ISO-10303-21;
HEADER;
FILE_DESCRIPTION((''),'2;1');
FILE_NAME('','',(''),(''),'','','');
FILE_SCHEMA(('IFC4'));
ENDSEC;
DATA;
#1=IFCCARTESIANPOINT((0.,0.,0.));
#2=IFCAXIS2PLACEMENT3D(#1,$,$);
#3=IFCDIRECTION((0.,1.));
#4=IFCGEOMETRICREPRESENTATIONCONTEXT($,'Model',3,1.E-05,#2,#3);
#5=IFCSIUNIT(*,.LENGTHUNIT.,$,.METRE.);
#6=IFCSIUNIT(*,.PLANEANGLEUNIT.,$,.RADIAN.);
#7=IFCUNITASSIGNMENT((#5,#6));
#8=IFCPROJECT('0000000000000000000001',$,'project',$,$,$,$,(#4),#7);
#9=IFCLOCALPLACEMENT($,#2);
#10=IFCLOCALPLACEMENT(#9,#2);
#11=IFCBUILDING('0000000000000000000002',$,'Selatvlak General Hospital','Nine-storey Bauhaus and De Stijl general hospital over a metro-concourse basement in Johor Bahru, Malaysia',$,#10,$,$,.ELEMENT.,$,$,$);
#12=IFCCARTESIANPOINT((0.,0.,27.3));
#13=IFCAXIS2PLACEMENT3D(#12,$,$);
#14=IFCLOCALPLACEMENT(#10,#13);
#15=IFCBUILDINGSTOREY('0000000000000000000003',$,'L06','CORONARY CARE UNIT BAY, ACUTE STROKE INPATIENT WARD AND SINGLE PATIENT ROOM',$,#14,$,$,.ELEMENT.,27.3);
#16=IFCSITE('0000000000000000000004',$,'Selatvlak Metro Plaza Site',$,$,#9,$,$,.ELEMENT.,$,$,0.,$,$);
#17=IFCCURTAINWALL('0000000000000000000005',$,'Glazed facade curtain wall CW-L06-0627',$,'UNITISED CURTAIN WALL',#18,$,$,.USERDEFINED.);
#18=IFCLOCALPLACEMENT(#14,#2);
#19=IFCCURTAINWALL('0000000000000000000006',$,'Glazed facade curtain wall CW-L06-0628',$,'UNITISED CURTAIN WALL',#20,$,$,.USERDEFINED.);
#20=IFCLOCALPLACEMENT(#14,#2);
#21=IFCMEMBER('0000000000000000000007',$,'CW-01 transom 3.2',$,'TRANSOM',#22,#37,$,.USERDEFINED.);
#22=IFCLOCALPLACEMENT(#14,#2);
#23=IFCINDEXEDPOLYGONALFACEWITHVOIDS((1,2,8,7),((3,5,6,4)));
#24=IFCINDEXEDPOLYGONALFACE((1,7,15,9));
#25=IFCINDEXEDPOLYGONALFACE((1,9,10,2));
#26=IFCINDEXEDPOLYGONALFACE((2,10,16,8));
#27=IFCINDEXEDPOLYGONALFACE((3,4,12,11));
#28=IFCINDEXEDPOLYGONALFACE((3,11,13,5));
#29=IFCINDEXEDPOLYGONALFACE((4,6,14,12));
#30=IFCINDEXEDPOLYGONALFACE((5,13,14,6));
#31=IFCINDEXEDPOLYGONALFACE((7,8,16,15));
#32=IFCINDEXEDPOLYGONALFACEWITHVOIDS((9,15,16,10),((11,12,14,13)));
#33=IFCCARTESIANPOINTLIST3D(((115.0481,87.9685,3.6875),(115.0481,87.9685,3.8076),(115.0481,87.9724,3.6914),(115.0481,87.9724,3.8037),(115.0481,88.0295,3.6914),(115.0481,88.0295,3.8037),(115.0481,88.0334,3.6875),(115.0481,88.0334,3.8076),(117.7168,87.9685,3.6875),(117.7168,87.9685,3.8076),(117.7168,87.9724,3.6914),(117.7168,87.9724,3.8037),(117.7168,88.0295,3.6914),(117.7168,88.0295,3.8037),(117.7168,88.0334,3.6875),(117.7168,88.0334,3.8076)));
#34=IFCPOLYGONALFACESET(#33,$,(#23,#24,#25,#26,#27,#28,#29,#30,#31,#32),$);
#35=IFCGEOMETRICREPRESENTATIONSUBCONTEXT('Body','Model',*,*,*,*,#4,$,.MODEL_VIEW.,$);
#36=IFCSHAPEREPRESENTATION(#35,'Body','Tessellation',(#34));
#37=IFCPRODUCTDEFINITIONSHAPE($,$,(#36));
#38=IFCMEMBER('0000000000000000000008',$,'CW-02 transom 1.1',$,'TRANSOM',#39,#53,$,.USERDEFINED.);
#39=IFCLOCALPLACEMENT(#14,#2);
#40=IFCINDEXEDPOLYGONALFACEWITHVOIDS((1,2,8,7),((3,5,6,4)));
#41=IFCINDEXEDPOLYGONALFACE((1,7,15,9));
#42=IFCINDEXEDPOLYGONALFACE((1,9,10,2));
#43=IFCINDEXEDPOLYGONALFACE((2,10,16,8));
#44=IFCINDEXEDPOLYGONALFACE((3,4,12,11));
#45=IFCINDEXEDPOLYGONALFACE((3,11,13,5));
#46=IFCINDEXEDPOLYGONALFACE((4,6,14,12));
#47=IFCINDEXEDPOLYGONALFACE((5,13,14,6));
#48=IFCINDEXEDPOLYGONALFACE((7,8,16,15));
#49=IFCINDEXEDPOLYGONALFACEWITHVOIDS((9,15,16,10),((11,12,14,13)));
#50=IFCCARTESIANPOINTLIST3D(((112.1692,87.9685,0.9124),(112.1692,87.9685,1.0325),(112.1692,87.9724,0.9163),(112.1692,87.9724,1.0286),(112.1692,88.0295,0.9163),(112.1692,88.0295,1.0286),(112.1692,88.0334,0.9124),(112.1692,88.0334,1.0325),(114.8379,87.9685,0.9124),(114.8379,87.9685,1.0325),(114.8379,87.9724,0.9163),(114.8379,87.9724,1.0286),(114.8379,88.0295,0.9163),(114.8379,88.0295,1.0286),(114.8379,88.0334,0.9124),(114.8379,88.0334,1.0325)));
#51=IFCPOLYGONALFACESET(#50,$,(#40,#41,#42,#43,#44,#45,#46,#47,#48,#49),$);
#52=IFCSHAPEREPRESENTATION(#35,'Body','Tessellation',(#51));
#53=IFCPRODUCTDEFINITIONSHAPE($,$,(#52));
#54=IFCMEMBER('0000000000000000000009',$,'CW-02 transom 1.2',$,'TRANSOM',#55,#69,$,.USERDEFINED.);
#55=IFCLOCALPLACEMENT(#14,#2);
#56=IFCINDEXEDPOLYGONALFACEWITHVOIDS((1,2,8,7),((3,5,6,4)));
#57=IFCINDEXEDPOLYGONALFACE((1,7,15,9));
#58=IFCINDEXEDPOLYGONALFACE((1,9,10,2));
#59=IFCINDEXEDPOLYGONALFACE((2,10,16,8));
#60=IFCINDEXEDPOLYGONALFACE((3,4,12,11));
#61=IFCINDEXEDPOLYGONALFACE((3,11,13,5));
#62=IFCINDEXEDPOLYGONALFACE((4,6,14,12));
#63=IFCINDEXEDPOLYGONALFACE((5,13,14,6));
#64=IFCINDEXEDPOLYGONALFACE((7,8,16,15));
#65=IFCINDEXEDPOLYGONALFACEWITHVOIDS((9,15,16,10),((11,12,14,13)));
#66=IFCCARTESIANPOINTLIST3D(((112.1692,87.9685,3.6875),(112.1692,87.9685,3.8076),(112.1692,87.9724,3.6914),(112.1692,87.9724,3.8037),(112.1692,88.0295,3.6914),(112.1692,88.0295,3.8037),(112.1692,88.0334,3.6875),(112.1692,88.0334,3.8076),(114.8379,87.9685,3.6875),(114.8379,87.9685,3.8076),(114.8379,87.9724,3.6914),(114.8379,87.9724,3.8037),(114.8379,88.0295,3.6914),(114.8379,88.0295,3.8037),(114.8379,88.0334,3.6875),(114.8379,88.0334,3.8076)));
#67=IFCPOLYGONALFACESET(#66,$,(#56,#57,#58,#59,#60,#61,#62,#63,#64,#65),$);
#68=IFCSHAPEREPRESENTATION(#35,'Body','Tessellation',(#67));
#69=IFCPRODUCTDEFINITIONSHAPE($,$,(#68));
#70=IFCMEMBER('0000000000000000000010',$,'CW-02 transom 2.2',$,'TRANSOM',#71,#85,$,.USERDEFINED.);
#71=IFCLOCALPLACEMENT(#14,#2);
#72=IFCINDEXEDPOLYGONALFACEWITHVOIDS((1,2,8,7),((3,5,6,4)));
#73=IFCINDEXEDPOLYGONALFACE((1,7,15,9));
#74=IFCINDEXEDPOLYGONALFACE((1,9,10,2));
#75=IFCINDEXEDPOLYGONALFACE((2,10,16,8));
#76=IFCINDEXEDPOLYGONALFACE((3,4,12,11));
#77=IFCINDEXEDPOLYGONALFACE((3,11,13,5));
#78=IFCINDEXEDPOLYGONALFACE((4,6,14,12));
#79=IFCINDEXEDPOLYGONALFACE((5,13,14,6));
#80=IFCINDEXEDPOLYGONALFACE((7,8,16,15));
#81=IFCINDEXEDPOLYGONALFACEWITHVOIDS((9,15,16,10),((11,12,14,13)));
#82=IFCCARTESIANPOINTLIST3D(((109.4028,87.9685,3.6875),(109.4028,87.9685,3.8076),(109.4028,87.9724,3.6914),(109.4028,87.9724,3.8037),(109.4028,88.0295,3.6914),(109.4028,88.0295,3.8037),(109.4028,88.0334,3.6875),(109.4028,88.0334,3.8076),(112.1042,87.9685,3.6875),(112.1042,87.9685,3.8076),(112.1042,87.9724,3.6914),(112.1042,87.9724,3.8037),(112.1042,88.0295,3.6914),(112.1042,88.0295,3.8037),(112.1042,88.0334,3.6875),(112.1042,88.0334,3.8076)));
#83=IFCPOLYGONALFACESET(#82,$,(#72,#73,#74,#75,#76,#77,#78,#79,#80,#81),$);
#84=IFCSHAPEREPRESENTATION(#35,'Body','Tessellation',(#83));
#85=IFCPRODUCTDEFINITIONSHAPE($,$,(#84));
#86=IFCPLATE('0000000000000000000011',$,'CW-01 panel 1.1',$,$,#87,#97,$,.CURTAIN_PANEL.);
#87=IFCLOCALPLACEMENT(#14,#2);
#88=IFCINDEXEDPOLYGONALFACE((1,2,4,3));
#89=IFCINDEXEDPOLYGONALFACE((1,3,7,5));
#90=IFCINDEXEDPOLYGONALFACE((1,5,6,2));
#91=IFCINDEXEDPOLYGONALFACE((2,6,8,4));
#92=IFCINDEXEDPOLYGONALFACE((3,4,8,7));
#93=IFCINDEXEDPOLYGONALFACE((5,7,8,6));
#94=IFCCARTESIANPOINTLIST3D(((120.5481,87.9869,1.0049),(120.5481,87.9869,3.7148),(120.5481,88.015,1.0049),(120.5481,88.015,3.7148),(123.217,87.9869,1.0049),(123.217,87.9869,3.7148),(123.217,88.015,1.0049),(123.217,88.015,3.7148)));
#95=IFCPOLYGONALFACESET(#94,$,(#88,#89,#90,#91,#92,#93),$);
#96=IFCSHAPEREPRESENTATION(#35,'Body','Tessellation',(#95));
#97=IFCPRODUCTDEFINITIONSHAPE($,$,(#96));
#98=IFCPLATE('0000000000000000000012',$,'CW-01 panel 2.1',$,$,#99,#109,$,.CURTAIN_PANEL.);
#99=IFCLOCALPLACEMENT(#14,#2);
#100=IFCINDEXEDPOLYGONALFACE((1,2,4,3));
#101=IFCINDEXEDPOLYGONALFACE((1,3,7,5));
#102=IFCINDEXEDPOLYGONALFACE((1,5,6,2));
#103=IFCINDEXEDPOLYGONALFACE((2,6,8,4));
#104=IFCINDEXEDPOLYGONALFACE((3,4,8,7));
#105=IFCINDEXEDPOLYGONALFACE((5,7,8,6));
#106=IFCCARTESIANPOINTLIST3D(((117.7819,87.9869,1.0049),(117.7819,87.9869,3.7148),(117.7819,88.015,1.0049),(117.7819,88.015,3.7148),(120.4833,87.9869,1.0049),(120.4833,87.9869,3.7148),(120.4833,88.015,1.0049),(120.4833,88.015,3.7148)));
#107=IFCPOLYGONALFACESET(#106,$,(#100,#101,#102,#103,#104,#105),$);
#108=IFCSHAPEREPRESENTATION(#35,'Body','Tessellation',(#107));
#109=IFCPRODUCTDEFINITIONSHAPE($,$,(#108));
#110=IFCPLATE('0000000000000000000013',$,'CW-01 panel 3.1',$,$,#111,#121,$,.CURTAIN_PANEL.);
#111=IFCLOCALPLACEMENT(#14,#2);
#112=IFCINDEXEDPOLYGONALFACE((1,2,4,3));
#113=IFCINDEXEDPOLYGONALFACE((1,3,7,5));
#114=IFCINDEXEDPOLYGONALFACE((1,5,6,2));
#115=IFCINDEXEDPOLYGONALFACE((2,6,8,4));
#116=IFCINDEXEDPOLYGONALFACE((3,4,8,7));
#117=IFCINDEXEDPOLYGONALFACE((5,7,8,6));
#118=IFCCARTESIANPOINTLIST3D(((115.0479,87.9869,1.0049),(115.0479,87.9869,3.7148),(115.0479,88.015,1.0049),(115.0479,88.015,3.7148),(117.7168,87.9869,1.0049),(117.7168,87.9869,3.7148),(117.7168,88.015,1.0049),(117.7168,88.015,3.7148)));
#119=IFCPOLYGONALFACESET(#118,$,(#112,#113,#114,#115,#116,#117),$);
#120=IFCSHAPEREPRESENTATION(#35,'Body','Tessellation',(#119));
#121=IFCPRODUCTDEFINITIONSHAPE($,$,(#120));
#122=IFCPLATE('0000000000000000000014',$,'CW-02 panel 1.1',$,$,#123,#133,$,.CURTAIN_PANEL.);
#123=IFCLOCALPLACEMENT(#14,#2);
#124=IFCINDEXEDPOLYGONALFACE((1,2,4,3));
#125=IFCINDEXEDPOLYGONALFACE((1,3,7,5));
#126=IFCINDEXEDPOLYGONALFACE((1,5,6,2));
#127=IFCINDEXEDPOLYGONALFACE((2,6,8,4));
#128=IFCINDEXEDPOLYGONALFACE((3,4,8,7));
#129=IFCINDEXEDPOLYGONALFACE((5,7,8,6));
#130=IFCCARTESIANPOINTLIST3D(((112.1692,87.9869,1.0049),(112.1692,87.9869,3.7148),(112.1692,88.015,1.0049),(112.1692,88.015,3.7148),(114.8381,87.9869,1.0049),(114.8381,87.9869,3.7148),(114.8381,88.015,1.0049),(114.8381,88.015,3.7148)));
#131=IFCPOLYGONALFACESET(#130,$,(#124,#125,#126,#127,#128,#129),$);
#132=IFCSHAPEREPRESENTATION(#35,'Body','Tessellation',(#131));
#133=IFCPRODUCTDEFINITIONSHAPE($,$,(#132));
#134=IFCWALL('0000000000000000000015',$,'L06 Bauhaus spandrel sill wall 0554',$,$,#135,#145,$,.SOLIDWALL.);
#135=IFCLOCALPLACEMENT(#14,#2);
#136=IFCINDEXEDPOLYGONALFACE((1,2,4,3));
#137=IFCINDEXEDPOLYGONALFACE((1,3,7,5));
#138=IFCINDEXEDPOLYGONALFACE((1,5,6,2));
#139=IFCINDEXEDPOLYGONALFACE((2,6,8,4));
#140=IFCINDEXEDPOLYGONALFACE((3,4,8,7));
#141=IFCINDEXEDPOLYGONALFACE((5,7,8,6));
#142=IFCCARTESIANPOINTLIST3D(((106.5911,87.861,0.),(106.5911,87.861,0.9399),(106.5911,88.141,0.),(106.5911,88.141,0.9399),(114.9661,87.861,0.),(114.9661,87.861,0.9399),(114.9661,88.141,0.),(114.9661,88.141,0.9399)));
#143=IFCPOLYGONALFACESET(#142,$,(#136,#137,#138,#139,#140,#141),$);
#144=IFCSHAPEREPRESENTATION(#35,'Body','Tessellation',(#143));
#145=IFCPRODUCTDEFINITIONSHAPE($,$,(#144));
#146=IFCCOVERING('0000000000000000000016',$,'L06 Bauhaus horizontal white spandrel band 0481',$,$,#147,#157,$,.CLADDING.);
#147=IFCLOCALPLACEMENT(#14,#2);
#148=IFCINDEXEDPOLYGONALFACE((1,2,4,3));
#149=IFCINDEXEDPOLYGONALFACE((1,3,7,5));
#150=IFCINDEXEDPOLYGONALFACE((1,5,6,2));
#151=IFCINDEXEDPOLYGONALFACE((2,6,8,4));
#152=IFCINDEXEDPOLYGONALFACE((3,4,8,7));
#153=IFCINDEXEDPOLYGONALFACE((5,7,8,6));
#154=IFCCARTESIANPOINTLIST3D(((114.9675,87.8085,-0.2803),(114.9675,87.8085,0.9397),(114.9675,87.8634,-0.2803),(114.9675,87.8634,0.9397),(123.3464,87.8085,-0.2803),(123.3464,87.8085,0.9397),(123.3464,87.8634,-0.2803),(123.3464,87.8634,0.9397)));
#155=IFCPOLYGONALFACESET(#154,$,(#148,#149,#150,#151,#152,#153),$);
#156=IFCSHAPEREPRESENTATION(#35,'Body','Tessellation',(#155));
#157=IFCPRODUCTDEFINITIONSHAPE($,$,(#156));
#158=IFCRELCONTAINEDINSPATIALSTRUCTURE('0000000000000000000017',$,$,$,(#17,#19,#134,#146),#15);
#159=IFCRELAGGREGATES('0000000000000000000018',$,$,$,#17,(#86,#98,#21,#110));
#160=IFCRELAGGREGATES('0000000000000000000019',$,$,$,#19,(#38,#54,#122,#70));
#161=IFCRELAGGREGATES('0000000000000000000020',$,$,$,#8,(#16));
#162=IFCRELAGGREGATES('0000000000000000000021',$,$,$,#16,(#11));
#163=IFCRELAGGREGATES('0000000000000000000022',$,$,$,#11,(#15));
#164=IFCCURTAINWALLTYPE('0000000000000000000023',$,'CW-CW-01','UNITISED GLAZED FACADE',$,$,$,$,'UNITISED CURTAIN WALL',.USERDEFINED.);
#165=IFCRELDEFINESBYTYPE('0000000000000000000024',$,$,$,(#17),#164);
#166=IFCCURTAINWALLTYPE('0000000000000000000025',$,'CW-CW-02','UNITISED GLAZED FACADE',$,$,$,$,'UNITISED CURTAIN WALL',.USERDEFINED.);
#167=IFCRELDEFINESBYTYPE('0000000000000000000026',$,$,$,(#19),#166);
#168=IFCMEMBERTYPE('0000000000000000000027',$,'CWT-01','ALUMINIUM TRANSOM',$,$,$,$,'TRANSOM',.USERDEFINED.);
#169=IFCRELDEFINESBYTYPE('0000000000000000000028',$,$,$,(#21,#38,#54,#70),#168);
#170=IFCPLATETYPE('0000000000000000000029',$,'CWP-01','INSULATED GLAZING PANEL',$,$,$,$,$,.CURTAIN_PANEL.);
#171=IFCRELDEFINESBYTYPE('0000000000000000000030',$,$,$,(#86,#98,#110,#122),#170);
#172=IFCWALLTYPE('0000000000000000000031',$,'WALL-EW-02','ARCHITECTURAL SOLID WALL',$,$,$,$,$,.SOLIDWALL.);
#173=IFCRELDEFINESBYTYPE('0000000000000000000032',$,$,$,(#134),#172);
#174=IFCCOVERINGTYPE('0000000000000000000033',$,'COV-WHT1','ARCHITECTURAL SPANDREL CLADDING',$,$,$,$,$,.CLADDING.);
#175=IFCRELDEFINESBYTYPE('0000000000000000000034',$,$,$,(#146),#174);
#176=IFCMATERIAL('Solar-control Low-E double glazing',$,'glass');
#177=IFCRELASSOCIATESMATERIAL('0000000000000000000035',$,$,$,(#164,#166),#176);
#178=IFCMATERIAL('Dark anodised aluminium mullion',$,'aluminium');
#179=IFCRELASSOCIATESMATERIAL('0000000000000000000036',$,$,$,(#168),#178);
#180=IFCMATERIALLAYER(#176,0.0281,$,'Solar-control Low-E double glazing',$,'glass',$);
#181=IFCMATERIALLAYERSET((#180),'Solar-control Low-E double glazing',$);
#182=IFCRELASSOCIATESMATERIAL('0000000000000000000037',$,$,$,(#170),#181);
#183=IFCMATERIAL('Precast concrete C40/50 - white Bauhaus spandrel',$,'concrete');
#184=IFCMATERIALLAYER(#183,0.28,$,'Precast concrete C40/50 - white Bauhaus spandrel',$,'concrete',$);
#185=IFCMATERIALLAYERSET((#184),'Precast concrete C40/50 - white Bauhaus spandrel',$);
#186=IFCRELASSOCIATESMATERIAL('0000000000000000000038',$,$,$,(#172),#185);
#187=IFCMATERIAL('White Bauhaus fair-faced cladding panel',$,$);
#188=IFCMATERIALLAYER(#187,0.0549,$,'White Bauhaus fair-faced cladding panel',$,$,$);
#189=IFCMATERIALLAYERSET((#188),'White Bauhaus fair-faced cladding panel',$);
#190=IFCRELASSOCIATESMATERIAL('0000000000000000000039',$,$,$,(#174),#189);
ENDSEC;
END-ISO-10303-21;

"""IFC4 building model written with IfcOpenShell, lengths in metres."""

from ifc_helpers import new_model, si_unit, direction, frame, frame_2d, origin, origin_2d, place, context, subcontext, project, spatial, rectangle, hollow_rectangle, extrude, material, layer, layer_set, material_profile, profile_set, type_object, element, aggregate, save


model = new_model("IFC4")

# Units and contexts
model_context = context("Model", 3, precision=1e-05, world=origin(), true_north=direction((0.0, 1.0)))
body_context = subcontext(model_context, "Body", "Model", "MODEL_VIEW")
ifc_project = project(units=[si_unit("LENGTHUNIT", "METRE"), si_unit("PLANEANGLEUNIT", "RADIAN")], contexts=[model_context])

# Site, building, storey
site_placement = place(None, origin())
site = spatial("IfcSite", under=ifc_project, at=site_placement, Name="Selatvlak Metro Plaza Site", CompositionType="ELEMENT", RefElevation=0.0)
building_placement = place(site_placement, origin())
building = spatial("IfcBuilding", under=site, at=building_placement, Name="Selatvlak General Hospital", Description="Nine-storey Bauhaus and De Stijl general hospital over a metro-concourse basement in Johor Bahru, Malaysia", CompositionType="ELEMENT")
storey_placement = place(building_placement, frame((0.0, 0.0, 27.3)))
storey = spatial("IfcBuildingStorey", under=building, at=storey_placement, Name="L06", Description="CORONARY CARE UNIT BAY, ACUTE STROKE INPATIENT WARD AND SINGLE PATIENT ROOM", CompositionType="ELEMENT", Elevation=27.3)

# Curtain walls
ifc_material_1 = material(Name="Solar-control Low-E double glazing", Category="glass")
curtain_wall_type_1 = type_object("IfcCurtainWallType", Name="CW-CW-01", Description="UNITISED GLAZED FACADE", ElementType="UNITISED CURTAIN WALL", PredefinedType="USERDEFINED", material=ifc_material_1)
curtain_wall_1_placement = place(storey_placement, origin())
curtain_wall_1 = element("IfcCurtainWall", 1, at=curtain_wall_1_placement, inside=storey, type_object=curtain_wall_type_1, Name="Glazed facade curtain wall CW-L06-0627", ObjectType="UNITISED CURTAIN WALL", PredefinedType="USERDEFINED")
ifc_material_2 = material(Name="Dark anodised aluminium mullion", Category="aluminium")
curtain_wall_type_2 = type_object("IfcCurtainWallType", Name="CW-CW-02", Description="UNITISED GLAZED FACADE", ElementType="UNITISED CURTAIN WALL", PredefinedType="USERDEFINED", material=ifc_material_1)
curtain_wall_2_placement = place(storey_placement, origin())
curtain_wall_2 = element("IfcCurtainWall", 2, at=curtain_wall_2_placement, inside=storey, type_object=curtain_wall_type_2, Name="Glazed facade curtain wall CW-L06-0628", ObjectType="UNITISED CURTAIN WALL", PredefinedType="USERDEFINED")

# Members
ifc_material_profile_1 = material_profile(ifc_material_2, hollow_rectangle(XDim=0.0649, YDim=0.1201, WallThickness=0.0039, at=origin_2d()), Name="AL-TRN 65x120x4")
ifc_profile_set_1 = profile_set([ifc_material_profile_1], Name="Dark anodised aluminium mullion")
member_type_1 = type_object("IfcMemberType", Name="CWT-01", Description="ALUMINIUM TRANSOM", ElementType="TRANSOM", PredefinedType="USERDEFINED", material=ifc_profile_set_1)
member_1_placement = place(storey_placement, frame((117.7168, 88.001, 3.7476), z_axis=(-1.0, 0.0, 0.0), x_axis=(0.0, -1.0, 0.0)))
member_1 = element("IfcMember", 3, at=member_1_placement, type_object=member_type_1, Name="CW-01 transom 3.2", ObjectType="TRANSOM", PredefinedType="USERDEFINED", context=body_context, shape_type="SweptSolid", body=[
    extrude(hollow_rectangle(XDim=0.0649, YDim=0.1201, WallThickness=0.0039, at=origin_2d()), origin(), (0.0, 0.0, 1.0), 2.6687),
])
member_2_placement = place(storey_placement, frame((114.8379, 88.001, 0.9724), z_axis=(-1.0, 0.0, 0.0), x_axis=(0.0, -1.0, 0.0)))
member_2 = element("IfcMember", 4, at=member_2_placement, type_object=member_type_1, Name="CW-02 transom 1.1", ObjectType="TRANSOM", PredefinedType="USERDEFINED", context=body_context, shape_type="SweptSolid", body=[
    extrude(hollow_rectangle(XDim=0.0649, YDim=0.1201, WallThickness=0.0039, at=origin_2d()), origin(), (0.0, 0.0, 1.0), 2.6687),
])
member_3_placement = place(storey_placement, frame((114.8379, 88.001, 3.7476), z_axis=(-1.0, 0.0, 0.0), x_axis=(0.0, -1.0, 0.0)))
member_3 = element("IfcMember", 5, at=member_3_placement, type_object=member_type_1, Name="CW-02 transom 1.2", ObjectType="TRANSOM", PredefinedType="USERDEFINED", context=body_context, shape_type="SweptSolid", body=[
    extrude(hollow_rectangle(XDim=0.0649, YDim=0.1201, WallThickness=0.0039, at=origin_2d()), origin(), (0.0, 0.0, 1.0), 2.6687),
])
member_4_placement = place(storey_placement, frame((112.1042, 88.001, 3.7476), z_axis=(-1.0, 0.0, 0.0), x_axis=(0.0, -1.0, 0.0)))
member_4 = element("IfcMember", 6, at=member_4_placement, type_object=member_type_1, Name="CW-02 transom 2.2", ObjectType="TRANSOM", PredefinedType="USERDEFINED", context=body_context, shape_type="SweptSolid", body=[
    extrude(hollow_rectangle(XDim=0.0649, YDim=0.1201, WallThickness=0.0039, at=origin_2d()), origin(), (0.0, 0.0, 1.0), 2.7014),
])

# Plates
ifc_layer_1 = layer(ifc_material_1, 0.0281, Name="Solar-control Low-E double glazing", Category="glass")
ifc_layer_set_1 = layer_set([ifc_layer_1], Name="Solar-control Low-E double glazing")
plate_type = type_object("IfcPlateType", Name="CWP-01", Description="INSULATED GLAZING PANEL", PredefinedType="CURTAIN_PANEL", material=ifc_layer_set_1)
plate_1_placement = place(storey_placement, frame((121.8826, 88.001, 1.0049), z_axis=(0.0, 0.0, 1.0), x_axis=(-1.0, 0.0, 0.0)))
plate_1 = element("IfcPlate", 7, at=plate_1_placement, type_object=plate_type, Name="CW-01 panel 1.1", PredefinedType="CURTAIN_PANEL", context=body_context, shape_type="SweptSolid", body=[
    extrude(rectangle(XDim=2.6689, YDim=0.0281, at=origin_2d()), origin(), (0.0, 0.0, 1.0), 2.71),
])
plate_2_placement = place(storey_placement, frame((119.1326, 88.001, 1.0049), z_axis=(0.0, 0.0, 1.0), x_axis=(-1.0, 0.0, 0.0)))
plate_2 = element("IfcPlate", 8, at=plate_2_placement, type_object=plate_type, Name="CW-01 panel 2.1", PredefinedType="CURTAIN_PANEL", context=body_context, shape_type="SweptSolid", body=[
    extrude(rectangle(XDim=2.7014, YDim=0.0281, at=origin_2d()), origin(), (0.0, 0.0, 1.0), 2.71),
])
plate_3_placement = place(storey_placement, frame((116.3823, 88.001, 1.0049), z_axis=(0.0, 0.0, 1.0), x_axis=(-1.0, 0.0, 0.0)))
plate_3 = element("IfcPlate", 9, at=plate_3_placement, type_object=plate_type, Name="CW-01 panel 3.1", PredefinedType="CURTAIN_PANEL", context=body_context, shape_type="SweptSolid", body=[
    extrude(rectangle(XDim=2.6689, YDim=0.0281, at=origin_2d()), origin(), (0.0, 0.0, 1.0), 2.71),
])
aggregate(curtain_wall_1, [plate_1, plate_2, member_1, plate_3])
plate_4_placement = place(storey_placement, frame((113.5037, 88.001, 1.0049), z_axis=(0.0, 0.0, 1.0), x_axis=(-1.0, 0.0, 0.0)))
plate_4 = element("IfcPlate", 10, at=plate_4_placement, type_object=plate_type, Name="CW-02 panel 1.1", PredefinedType="CURTAIN_PANEL", context=body_context, shape_type="SweptSolid", body=[
    extrude(rectangle(XDim=2.6689, YDim=0.0281, at=origin_2d()), origin(), (0.0, 0.0, 1.0), 2.71),
])
aggregate(curtain_wall_2, [member_2, member_3, plate_4, member_4])

# Wall
ifc_material_3 = material(Name="Precast concrete C40/50 - white Bauhaus spandrel", Category="concrete")
ifc_layer_2 = layer(ifc_material_3, 0.28, Name="Precast concrete C40/50 - white Bauhaus spandrel", Category="concrete")
ifc_layer_set_2 = layer_set([ifc_layer_2], Name="Precast concrete C40/50 - white Bauhaus spandrel")
wall_type = type_object("IfcWallType", Name="WALL-EW-02", Description="ARCHITECTURAL SOLID WALL", PredefinedType="SOLIDWALL", material=ifc_layer_set_2)
wall_placement = place(storey_placement, frame((114.9661, 88.001, 0.0), z_axis=(0.0, 0.0, 1.0), x_axis=(-1.0, 0.0, 0.0)))
element("IfcWall", 11, at=wall_placement, inside=storey, type_object=wall_type, Name="L06 Bauhaus spandrel sill wall 0554", PredefinedType="SOLIDWALL", context=body_context, shape_type="SweptSolid", body=[
    extrude(rectangle(XDim=8.375, YDim=0.28, at=frame_2d((4.1875, 0.0))), origin(), (0.0, 0.0, 1.0), 0.9399),
])

# Covering
ifc_material_4 = material(Name="White Bauhaus fair-faced cladding panel")
ifc_layer_3 = layer(ifc_material_4, 0.0549, Name="White Bauhaus fair-faced cladding panel")
ifc_layer_set_3 = layer_set([ifc_layer_3], Name="White Bauhaus fair-faced cladding panel")
covering_type = type_object("IfcCoveringType", Name="COV-WHT1", Description="ARCHITECTURAL SPANDREL CLADDING", PredefinedType="CLADDING", material=ifc_layer_set_3)
covering_placement = place(storey_placement, frame((119.157, 87.8359, -0.2803), z_axis=(0.0, 0.0, 1.0), x_axis=(-1.0, 0.0, 0.0)))
element("IfcCovering", 12, at=covering_placement, inside=storey, type_object=covering_type, Name="L06 Bauhaus horizontal white spandrel band 0481", PredefinedType="CLADDING", context=body_context, shape_type="SweptSolid", body=[
    extrude(rectangle(XDim=8.3789, YDim=0.0549, at=origin_2d()), origin(), (0.0, 0.0, 1.0), 1.22),
])

save(model, "model.ifc")
